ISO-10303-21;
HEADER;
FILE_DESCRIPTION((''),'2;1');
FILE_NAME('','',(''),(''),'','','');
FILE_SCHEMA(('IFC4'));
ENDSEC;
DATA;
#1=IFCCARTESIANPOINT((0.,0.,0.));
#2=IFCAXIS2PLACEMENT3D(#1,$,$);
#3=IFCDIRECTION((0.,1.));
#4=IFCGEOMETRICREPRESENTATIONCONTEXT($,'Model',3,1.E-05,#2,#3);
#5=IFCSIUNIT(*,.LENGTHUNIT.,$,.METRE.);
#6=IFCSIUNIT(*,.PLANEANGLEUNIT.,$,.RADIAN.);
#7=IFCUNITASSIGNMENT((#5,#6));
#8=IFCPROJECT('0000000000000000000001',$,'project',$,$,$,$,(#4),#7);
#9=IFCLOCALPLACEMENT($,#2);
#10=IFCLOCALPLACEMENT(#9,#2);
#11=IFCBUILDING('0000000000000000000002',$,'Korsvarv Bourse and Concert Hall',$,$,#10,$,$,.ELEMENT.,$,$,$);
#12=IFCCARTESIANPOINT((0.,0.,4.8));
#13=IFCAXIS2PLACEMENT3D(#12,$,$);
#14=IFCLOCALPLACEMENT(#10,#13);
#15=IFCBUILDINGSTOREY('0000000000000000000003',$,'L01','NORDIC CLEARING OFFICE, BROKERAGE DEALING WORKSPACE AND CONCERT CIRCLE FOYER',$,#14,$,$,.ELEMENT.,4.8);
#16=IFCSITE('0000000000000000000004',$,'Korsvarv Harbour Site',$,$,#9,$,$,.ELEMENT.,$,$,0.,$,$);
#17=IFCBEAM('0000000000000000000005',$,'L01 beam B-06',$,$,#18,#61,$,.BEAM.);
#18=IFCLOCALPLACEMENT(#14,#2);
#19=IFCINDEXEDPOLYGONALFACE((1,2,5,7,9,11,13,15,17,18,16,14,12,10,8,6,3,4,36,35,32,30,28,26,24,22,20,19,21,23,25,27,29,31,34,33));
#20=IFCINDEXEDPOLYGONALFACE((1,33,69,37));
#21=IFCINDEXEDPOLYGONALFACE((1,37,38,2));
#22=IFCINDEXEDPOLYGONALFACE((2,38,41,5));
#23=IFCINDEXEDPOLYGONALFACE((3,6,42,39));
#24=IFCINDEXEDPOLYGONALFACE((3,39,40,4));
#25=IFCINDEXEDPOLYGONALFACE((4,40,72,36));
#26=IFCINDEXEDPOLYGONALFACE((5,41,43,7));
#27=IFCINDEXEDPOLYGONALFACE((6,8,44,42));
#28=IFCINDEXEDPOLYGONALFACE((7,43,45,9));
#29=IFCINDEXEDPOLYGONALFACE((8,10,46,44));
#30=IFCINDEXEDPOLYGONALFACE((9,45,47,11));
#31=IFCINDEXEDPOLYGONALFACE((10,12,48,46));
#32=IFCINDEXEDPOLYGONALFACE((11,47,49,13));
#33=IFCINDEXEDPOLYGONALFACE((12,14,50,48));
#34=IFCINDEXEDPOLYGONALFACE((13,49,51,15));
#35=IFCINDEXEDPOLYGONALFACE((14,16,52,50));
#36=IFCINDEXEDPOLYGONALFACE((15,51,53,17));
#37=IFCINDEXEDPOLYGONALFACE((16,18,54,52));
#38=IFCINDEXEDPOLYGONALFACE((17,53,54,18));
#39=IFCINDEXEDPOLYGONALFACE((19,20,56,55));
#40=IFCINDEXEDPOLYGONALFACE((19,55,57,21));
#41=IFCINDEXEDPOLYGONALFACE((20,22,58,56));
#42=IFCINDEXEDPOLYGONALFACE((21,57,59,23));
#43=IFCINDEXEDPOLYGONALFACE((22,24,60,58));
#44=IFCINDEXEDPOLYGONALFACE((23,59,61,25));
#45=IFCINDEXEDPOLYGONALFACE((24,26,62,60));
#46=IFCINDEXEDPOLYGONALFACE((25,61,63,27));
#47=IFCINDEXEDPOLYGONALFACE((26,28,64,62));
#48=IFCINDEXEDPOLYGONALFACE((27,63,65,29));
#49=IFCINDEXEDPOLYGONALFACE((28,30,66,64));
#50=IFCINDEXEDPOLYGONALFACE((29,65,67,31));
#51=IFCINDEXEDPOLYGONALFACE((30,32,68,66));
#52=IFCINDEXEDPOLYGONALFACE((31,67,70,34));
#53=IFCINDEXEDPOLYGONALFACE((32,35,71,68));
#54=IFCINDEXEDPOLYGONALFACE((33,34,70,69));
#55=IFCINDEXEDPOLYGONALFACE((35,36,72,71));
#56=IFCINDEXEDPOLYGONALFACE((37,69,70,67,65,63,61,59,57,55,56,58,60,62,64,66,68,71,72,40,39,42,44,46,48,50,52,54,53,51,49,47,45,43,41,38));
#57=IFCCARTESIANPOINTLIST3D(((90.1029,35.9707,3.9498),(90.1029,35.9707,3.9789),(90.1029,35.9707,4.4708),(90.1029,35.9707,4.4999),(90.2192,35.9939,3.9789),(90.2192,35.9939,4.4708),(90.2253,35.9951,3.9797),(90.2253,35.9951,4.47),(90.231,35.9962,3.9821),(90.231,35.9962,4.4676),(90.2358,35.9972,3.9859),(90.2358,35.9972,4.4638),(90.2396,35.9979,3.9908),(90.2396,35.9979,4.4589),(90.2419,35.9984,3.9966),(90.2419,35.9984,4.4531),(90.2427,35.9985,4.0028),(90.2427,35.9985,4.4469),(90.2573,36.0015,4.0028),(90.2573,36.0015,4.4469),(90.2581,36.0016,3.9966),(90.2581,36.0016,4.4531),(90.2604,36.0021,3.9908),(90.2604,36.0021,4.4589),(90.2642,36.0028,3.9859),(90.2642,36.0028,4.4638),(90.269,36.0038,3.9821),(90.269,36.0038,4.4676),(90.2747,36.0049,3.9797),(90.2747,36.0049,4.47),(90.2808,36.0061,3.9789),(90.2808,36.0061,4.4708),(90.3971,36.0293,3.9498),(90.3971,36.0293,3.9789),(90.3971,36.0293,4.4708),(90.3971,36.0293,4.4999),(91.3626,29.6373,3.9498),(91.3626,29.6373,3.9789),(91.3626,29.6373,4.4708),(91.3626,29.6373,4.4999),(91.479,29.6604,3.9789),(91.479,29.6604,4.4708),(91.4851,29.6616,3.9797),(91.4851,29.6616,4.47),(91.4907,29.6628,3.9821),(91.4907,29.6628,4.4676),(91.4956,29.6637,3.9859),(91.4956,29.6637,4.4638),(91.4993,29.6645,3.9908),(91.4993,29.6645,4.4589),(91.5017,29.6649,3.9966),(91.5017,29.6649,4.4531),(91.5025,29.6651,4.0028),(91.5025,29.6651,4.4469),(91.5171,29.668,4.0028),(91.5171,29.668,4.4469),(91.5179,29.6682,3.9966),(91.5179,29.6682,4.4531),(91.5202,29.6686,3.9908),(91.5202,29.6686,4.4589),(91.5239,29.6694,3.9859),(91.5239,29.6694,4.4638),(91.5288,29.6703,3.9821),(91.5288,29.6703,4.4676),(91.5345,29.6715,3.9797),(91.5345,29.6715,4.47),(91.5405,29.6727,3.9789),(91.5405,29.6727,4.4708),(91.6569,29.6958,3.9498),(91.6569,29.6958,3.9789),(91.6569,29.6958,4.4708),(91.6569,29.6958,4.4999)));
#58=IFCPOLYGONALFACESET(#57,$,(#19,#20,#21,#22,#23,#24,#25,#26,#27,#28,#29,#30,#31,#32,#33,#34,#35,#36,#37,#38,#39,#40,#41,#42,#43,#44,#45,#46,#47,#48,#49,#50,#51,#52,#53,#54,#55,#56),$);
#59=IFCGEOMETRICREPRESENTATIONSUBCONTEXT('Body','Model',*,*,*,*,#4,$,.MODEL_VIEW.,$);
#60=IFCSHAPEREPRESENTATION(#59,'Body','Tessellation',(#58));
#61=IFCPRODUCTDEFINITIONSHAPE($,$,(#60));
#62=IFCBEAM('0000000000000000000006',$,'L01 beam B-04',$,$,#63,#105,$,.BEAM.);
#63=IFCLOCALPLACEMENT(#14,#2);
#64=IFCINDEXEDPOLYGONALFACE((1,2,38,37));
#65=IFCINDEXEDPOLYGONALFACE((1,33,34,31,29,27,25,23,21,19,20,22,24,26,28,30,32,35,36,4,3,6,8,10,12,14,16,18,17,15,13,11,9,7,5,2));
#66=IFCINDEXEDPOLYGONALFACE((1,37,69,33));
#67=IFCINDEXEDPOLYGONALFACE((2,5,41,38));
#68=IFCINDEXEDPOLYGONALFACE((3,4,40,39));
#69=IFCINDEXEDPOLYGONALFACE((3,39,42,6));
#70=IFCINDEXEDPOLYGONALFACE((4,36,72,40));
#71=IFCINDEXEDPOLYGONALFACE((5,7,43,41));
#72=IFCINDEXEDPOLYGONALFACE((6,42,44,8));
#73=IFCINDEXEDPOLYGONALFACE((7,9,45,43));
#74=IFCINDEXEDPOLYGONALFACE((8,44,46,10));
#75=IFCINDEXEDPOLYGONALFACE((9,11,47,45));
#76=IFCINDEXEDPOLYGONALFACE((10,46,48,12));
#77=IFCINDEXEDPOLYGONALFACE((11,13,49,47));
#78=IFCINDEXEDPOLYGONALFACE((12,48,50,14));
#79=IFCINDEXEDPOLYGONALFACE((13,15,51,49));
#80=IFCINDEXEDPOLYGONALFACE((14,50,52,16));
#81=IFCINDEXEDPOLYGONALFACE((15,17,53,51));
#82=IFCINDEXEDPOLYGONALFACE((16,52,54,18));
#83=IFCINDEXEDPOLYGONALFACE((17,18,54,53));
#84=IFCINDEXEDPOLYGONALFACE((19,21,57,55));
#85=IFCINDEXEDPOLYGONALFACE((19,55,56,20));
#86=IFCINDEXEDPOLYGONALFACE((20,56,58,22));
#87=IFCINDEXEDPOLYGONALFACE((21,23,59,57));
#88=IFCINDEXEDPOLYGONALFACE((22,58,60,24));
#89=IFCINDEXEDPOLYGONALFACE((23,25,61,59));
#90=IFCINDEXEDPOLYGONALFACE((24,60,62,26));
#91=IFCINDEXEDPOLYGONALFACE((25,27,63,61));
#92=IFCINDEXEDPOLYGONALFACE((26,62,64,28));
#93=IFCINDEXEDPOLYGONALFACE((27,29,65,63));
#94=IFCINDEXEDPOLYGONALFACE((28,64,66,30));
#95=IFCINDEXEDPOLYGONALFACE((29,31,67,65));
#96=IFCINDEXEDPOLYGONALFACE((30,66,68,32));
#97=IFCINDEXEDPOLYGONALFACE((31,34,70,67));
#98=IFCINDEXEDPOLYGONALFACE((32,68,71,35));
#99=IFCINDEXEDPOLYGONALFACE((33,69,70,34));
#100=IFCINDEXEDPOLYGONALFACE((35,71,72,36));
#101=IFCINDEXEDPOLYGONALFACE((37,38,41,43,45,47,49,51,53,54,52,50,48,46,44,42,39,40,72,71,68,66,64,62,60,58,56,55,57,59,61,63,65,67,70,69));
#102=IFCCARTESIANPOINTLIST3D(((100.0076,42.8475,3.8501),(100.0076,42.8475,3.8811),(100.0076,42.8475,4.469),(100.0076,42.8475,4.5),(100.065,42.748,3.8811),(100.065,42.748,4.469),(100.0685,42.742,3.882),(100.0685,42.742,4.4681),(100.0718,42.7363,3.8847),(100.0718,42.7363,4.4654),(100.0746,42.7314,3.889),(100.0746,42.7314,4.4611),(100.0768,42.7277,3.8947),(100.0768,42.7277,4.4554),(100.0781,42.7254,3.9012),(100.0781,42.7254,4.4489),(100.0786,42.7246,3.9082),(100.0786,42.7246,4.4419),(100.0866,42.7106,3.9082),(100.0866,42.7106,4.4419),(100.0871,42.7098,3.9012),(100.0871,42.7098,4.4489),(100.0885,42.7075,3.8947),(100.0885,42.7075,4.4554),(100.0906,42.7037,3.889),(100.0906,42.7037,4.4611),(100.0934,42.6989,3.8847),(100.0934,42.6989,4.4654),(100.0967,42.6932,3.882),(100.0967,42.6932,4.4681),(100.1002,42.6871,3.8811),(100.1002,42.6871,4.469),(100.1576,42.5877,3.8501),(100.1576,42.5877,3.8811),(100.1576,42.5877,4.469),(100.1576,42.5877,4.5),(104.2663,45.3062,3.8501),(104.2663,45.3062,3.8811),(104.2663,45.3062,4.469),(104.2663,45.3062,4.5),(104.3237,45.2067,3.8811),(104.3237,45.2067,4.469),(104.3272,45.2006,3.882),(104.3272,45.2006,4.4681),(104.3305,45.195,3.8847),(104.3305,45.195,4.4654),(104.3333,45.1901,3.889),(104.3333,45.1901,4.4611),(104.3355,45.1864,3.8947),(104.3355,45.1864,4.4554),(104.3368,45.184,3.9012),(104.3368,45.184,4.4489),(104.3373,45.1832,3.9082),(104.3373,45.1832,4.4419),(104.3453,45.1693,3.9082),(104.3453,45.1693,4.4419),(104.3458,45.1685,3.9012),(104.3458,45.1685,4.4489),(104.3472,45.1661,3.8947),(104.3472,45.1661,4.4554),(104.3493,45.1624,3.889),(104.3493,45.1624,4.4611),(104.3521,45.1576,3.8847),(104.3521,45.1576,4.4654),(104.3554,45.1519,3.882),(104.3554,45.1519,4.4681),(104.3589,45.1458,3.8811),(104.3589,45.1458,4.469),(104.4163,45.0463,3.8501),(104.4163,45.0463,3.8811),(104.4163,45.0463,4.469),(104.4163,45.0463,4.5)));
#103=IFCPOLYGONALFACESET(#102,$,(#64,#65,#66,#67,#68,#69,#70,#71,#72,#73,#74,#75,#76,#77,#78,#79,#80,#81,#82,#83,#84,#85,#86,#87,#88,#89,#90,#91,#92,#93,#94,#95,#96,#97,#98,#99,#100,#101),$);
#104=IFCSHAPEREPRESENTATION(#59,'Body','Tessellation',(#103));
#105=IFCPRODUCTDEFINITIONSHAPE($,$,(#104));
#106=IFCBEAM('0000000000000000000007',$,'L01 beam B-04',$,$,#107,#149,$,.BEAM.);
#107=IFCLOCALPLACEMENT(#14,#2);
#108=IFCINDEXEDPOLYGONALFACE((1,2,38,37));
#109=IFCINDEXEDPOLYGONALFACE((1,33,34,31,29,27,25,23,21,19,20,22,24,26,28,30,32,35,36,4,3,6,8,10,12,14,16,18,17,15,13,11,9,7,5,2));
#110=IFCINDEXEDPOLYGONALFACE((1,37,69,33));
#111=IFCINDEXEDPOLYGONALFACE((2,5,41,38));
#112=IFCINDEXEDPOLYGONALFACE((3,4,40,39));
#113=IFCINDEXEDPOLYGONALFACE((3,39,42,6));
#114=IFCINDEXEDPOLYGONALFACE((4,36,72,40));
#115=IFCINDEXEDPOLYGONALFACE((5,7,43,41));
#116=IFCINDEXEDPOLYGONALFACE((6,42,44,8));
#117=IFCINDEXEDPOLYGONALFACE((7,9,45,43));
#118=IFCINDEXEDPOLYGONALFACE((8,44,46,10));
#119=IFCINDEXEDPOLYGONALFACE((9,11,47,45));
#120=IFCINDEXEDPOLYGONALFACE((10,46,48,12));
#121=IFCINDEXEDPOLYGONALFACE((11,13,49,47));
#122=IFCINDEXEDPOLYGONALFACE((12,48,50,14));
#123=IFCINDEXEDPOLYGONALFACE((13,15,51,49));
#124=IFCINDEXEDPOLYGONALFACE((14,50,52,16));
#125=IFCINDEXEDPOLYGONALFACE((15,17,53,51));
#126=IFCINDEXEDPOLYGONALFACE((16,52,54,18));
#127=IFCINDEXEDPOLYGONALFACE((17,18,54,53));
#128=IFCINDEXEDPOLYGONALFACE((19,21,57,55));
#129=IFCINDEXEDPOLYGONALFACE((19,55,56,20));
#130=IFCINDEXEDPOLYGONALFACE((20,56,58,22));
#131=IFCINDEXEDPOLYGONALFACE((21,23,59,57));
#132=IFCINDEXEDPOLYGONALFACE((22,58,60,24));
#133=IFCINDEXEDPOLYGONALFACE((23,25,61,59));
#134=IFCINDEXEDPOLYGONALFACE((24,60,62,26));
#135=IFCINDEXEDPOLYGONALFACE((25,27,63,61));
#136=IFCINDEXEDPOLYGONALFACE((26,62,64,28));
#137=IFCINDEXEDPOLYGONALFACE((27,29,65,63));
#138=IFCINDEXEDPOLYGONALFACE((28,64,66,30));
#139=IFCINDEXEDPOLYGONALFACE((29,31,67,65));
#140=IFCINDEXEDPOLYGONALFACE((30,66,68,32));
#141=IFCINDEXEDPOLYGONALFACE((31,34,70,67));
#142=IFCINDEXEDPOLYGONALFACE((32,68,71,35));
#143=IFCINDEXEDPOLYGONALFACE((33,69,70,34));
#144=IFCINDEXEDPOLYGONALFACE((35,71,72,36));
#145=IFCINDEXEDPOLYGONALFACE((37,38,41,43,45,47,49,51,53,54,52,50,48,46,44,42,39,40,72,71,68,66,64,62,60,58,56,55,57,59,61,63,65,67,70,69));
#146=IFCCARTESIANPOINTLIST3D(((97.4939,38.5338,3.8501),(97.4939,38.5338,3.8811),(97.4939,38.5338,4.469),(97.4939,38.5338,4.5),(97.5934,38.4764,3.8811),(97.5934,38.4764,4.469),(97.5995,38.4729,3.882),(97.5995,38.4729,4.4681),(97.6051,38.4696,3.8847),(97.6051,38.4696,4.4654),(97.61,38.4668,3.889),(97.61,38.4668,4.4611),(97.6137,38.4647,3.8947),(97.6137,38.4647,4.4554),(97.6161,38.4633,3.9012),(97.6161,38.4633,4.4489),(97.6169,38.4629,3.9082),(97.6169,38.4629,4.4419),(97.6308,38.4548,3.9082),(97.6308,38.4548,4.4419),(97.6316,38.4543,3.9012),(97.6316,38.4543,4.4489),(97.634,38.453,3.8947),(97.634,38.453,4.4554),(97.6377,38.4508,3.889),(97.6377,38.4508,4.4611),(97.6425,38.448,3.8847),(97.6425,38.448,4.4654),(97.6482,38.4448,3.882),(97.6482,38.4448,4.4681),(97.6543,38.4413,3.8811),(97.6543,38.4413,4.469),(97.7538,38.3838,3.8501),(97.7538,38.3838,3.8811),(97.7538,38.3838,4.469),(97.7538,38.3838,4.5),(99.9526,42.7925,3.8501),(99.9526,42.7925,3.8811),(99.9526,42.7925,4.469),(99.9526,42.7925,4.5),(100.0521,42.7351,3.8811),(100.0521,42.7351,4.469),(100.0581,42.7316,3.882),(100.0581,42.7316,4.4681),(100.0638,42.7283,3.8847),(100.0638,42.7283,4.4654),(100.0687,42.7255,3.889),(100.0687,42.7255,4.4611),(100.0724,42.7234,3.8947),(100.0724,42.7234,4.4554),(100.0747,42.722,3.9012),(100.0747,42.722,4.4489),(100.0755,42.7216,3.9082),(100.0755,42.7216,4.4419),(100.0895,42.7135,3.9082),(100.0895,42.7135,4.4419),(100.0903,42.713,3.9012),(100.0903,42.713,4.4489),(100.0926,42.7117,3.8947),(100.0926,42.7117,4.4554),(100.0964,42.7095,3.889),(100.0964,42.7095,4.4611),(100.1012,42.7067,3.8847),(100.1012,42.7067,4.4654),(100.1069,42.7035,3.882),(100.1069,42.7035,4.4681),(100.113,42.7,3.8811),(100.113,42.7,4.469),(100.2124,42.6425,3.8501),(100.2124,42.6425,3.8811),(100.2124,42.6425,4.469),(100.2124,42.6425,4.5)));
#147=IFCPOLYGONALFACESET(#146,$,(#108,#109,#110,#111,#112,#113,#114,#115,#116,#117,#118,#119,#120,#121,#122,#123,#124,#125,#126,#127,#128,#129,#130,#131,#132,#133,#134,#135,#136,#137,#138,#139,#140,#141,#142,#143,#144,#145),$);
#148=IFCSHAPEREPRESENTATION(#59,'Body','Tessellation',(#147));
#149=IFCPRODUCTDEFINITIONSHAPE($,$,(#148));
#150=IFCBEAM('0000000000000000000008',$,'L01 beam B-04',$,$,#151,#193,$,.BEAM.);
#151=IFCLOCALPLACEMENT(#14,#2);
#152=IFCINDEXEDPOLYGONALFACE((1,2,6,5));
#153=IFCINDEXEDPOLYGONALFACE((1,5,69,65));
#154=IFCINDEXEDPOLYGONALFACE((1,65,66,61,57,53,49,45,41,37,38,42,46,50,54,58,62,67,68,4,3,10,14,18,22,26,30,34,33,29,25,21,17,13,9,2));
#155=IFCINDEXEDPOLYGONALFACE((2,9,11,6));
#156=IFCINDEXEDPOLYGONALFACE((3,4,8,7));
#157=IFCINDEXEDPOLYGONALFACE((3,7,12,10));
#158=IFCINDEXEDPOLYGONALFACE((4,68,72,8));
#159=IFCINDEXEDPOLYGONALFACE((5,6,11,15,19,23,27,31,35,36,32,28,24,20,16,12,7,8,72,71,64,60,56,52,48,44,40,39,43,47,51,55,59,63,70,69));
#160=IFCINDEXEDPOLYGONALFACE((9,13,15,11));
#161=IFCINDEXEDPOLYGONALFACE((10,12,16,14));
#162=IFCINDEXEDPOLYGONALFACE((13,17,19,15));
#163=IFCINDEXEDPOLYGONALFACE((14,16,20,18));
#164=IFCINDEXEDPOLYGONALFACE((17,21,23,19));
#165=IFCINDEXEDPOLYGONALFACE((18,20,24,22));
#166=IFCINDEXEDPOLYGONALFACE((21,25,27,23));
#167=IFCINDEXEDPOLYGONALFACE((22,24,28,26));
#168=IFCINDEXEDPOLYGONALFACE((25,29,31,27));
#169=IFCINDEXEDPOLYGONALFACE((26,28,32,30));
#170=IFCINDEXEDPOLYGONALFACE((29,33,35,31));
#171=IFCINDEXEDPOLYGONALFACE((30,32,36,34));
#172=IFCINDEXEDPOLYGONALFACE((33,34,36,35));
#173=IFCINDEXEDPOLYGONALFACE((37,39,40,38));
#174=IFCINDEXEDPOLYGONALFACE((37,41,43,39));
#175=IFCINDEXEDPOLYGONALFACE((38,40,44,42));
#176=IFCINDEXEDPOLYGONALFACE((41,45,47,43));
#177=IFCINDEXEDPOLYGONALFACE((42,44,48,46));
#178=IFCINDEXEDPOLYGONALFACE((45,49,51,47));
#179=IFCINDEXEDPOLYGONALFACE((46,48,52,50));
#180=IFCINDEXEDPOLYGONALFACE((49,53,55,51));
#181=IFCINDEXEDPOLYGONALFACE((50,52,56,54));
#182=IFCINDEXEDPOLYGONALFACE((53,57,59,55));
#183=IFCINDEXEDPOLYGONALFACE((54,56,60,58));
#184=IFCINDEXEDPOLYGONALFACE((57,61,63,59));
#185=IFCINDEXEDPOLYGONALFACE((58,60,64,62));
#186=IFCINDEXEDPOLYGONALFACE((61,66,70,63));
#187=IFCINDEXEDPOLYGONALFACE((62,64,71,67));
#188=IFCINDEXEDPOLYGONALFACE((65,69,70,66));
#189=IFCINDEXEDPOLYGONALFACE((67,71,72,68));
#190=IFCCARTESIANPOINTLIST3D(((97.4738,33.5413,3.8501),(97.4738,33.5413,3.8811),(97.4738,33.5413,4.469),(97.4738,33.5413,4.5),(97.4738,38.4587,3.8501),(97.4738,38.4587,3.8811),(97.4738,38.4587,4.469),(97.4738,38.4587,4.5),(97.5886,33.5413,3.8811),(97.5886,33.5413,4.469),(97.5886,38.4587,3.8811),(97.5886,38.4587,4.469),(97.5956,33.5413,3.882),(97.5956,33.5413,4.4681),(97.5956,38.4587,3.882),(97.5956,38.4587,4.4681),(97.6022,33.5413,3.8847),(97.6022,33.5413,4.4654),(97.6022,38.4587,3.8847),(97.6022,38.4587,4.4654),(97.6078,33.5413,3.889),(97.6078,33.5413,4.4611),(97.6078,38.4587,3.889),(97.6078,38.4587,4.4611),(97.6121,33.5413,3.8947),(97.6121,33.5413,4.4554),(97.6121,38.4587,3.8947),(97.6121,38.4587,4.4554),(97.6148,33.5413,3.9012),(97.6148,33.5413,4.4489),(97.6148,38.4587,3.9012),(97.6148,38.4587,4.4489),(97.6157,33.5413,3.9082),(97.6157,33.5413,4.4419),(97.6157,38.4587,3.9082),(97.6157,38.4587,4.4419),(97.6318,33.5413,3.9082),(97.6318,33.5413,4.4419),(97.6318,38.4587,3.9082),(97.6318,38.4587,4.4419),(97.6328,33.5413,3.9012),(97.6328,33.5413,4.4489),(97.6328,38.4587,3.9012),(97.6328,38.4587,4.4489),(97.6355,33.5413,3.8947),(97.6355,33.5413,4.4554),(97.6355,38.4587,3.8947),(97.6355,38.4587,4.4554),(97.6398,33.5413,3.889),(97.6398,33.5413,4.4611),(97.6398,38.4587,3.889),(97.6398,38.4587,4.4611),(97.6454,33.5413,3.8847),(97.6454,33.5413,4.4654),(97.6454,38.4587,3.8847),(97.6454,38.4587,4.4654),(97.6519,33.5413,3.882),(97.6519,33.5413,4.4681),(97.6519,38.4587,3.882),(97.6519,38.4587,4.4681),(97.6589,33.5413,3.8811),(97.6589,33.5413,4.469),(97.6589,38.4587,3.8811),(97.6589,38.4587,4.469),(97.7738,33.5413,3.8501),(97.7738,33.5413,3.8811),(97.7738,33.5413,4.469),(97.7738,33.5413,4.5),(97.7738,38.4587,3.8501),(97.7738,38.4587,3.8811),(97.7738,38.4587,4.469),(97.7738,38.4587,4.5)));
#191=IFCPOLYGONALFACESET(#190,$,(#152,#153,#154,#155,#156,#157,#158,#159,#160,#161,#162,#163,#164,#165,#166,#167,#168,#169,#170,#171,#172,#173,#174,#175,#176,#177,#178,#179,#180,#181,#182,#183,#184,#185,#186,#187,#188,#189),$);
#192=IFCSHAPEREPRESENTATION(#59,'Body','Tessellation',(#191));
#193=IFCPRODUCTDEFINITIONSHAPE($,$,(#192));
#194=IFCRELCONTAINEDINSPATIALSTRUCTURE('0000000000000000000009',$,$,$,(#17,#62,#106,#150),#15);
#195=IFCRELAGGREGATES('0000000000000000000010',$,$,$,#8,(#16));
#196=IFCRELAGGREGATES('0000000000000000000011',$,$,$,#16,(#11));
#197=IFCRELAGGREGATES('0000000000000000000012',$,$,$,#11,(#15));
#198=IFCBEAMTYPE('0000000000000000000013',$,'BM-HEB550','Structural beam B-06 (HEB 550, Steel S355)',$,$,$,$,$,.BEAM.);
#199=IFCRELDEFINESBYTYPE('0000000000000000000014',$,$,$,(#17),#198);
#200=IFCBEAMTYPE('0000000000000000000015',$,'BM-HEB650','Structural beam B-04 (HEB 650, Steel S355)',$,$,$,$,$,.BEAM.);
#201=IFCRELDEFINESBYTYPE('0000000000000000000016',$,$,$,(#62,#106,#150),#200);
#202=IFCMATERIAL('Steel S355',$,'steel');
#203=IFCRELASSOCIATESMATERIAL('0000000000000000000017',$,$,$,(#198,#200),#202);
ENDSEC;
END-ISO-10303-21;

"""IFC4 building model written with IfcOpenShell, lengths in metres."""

from ifc_helpers import new_model, si_unit, direction, frame, origin, origin_2d, place, context, subcontext, project, spatial, i_section, extrude, source, transform, mapped, material, material_profile, profile_set, type_object, element, save


model = new_model("IFC4")

# Units and contexts
model_context = context("Model", 3, precision=1e-05, world=origin(), true_north=direction((0.0, 1.0)))
body_context = subcontext(model_context, "Body", "Model", "MODEL_VIEW")
ifc_project = project(units=[si_unit("LENGTHUNIT", "METRE"), si_unit("PLANEANGLEUNIT", "RADIAN")], contexts=[model_context])

# Site, building, storey
site_placement = place(None, origin())
site = spatial("IfcSite", under=ifc_project, at=site_placement, Name="Korsvarv Harbour Site", CompositionType="ELEMENT", RefElevation=0.0)
building_placement = place(site_placement, origin())
building = spatial("IfcBuilding", under=site, at=building_placement, Name="Korsvarv Bourse and Concert Hall", CompositionType="ELEMENT")
storey_placement = place(building_placement, frame((0.0, 0.0, 4.8)))
storey = spatial("IfcBuildingStorey", under=building, at=storey_placement, Name="L01", Description="NORDIC CLEARING OFFICE, BROKERAGE DEALING WORKSPACE AND CONCERT CIRCLE FOYER", CompositionType="ELEMENT", Elevation=4.8)

# Beams
ifc_material_1 = material(Name="Steel S355", Category="steel")
ifc_material_profile_1 = material_profile(ifc_material_1, i_section(OverallWidth=0.3, OverallDepth=0.55, WebThickness=0.0149, FlangeThickness=0.0291, FilletRadius=0.0239, at=origin_2d()), Name="HEB 550")
ifc_profile_set_1 = profile_set([ifc_material_profile_1], Name="Steel S355")
beam_type_1 = type_object("IfcBeamType", Name="BM-HEB550", Description="Structural beam B-06 (HEB 550, Steel S355)", PredefinedType="BEAM", material=ifc_profile_set_1)
shared_shape_1 = source(origin(), body_context, "Body", "SweptSolid", [
    extrude(i_section(OverallWidth=0.3, OverallDepth=0.55, WebThickness=0.0149, FlangeThickness=0.0291, FilletRadius=0.0239, at=origin_2d()), origin(), (0.0, 0.0, 1.0), 6.4575),
])
for number, where, z_axis, x_axis, name in (
    (1, (90.25, 36.0, 4.2249), (0.195084, -0.980787, 0.0), (0.980787, 0.195084, 0.0), "L01 beam B-06"),
):
    element("IfcBeam", number, at=place(storey_placement, frame(where, z_axis=z_axis, x_axis=x_axis)), inside=storey, type_object=beam_type_1, Name=name, PredefinedType="BEAM", context=body_context, shape_type="MappedRepresentation", body=[
        mapped(shared_shape_1, transform((0.0, 0.0, 0.0), scale=1.0)),
    ])
ifc_material_profile_2 = material_profile(ifc_material_1, i_section(OverallWidth=0.3, OverallDepth=0.6499, WebThickness=0.0161, FlangeThickness=0.031, FilletRadius=0.0271, at=origin_2d()), Name="HEB 650")
ifc_profile_set_2 = profile_set([ifc_material_profile_2], Name="Steel S355")
beam_type_2 = type_object("IfcBeamType", Name="BM-HEB650", Description="Structural beam B-04 (HEB 650, Steel S355)", PredefinedType="BEAM", material=ifc_profile_set_2)
shared_shape_2 = source(origin(), body_context, "Body", "SweptSolid", [
    extrude(i_section(OverallWidth=0.3, OverallDepth=0.6499, WebThickness=0.0161, FlangeThickness=0.031, FilletRadius=0.0271, at=origin_2d()), origin(), (0.0, 0.0, 1.0), 4.9175),
])
for number, where, z_axis, x_axis, name in (
    (2, (104.3413, 45.1763, 4.175), (-0.866032, -0.499989, 0.0), (0.499989, -0.866032, 0.0), "L01 beam B-04"),
    (3, (100.0825, 42.7175, 4.175), (-0.499989, -0.866032, 0.0), (0.866032, -0.499989, 0.0), "L01 beam B-04"),
    (4, (97.6238, 38.4587, 4.175), (0.0, -1.0, 0.0), (1.0, 0.0, 0.0), "L01 beam B-04"),
):
    element("IfcBeam", number, at=place(storey_placement, frame(where, z_axis=z_axis, x_axis=x_axis)), inside=storey, type_object=beam_type_2, Name=name, PredefinedType="BEAM", context=body_context, shape_type="MappedRepresentation", body=[
        mapped(shared_shape_2, transform((0.0, 0.0, 0.0), scale=1.0)),
    ])

save(model, "model.ifc")
